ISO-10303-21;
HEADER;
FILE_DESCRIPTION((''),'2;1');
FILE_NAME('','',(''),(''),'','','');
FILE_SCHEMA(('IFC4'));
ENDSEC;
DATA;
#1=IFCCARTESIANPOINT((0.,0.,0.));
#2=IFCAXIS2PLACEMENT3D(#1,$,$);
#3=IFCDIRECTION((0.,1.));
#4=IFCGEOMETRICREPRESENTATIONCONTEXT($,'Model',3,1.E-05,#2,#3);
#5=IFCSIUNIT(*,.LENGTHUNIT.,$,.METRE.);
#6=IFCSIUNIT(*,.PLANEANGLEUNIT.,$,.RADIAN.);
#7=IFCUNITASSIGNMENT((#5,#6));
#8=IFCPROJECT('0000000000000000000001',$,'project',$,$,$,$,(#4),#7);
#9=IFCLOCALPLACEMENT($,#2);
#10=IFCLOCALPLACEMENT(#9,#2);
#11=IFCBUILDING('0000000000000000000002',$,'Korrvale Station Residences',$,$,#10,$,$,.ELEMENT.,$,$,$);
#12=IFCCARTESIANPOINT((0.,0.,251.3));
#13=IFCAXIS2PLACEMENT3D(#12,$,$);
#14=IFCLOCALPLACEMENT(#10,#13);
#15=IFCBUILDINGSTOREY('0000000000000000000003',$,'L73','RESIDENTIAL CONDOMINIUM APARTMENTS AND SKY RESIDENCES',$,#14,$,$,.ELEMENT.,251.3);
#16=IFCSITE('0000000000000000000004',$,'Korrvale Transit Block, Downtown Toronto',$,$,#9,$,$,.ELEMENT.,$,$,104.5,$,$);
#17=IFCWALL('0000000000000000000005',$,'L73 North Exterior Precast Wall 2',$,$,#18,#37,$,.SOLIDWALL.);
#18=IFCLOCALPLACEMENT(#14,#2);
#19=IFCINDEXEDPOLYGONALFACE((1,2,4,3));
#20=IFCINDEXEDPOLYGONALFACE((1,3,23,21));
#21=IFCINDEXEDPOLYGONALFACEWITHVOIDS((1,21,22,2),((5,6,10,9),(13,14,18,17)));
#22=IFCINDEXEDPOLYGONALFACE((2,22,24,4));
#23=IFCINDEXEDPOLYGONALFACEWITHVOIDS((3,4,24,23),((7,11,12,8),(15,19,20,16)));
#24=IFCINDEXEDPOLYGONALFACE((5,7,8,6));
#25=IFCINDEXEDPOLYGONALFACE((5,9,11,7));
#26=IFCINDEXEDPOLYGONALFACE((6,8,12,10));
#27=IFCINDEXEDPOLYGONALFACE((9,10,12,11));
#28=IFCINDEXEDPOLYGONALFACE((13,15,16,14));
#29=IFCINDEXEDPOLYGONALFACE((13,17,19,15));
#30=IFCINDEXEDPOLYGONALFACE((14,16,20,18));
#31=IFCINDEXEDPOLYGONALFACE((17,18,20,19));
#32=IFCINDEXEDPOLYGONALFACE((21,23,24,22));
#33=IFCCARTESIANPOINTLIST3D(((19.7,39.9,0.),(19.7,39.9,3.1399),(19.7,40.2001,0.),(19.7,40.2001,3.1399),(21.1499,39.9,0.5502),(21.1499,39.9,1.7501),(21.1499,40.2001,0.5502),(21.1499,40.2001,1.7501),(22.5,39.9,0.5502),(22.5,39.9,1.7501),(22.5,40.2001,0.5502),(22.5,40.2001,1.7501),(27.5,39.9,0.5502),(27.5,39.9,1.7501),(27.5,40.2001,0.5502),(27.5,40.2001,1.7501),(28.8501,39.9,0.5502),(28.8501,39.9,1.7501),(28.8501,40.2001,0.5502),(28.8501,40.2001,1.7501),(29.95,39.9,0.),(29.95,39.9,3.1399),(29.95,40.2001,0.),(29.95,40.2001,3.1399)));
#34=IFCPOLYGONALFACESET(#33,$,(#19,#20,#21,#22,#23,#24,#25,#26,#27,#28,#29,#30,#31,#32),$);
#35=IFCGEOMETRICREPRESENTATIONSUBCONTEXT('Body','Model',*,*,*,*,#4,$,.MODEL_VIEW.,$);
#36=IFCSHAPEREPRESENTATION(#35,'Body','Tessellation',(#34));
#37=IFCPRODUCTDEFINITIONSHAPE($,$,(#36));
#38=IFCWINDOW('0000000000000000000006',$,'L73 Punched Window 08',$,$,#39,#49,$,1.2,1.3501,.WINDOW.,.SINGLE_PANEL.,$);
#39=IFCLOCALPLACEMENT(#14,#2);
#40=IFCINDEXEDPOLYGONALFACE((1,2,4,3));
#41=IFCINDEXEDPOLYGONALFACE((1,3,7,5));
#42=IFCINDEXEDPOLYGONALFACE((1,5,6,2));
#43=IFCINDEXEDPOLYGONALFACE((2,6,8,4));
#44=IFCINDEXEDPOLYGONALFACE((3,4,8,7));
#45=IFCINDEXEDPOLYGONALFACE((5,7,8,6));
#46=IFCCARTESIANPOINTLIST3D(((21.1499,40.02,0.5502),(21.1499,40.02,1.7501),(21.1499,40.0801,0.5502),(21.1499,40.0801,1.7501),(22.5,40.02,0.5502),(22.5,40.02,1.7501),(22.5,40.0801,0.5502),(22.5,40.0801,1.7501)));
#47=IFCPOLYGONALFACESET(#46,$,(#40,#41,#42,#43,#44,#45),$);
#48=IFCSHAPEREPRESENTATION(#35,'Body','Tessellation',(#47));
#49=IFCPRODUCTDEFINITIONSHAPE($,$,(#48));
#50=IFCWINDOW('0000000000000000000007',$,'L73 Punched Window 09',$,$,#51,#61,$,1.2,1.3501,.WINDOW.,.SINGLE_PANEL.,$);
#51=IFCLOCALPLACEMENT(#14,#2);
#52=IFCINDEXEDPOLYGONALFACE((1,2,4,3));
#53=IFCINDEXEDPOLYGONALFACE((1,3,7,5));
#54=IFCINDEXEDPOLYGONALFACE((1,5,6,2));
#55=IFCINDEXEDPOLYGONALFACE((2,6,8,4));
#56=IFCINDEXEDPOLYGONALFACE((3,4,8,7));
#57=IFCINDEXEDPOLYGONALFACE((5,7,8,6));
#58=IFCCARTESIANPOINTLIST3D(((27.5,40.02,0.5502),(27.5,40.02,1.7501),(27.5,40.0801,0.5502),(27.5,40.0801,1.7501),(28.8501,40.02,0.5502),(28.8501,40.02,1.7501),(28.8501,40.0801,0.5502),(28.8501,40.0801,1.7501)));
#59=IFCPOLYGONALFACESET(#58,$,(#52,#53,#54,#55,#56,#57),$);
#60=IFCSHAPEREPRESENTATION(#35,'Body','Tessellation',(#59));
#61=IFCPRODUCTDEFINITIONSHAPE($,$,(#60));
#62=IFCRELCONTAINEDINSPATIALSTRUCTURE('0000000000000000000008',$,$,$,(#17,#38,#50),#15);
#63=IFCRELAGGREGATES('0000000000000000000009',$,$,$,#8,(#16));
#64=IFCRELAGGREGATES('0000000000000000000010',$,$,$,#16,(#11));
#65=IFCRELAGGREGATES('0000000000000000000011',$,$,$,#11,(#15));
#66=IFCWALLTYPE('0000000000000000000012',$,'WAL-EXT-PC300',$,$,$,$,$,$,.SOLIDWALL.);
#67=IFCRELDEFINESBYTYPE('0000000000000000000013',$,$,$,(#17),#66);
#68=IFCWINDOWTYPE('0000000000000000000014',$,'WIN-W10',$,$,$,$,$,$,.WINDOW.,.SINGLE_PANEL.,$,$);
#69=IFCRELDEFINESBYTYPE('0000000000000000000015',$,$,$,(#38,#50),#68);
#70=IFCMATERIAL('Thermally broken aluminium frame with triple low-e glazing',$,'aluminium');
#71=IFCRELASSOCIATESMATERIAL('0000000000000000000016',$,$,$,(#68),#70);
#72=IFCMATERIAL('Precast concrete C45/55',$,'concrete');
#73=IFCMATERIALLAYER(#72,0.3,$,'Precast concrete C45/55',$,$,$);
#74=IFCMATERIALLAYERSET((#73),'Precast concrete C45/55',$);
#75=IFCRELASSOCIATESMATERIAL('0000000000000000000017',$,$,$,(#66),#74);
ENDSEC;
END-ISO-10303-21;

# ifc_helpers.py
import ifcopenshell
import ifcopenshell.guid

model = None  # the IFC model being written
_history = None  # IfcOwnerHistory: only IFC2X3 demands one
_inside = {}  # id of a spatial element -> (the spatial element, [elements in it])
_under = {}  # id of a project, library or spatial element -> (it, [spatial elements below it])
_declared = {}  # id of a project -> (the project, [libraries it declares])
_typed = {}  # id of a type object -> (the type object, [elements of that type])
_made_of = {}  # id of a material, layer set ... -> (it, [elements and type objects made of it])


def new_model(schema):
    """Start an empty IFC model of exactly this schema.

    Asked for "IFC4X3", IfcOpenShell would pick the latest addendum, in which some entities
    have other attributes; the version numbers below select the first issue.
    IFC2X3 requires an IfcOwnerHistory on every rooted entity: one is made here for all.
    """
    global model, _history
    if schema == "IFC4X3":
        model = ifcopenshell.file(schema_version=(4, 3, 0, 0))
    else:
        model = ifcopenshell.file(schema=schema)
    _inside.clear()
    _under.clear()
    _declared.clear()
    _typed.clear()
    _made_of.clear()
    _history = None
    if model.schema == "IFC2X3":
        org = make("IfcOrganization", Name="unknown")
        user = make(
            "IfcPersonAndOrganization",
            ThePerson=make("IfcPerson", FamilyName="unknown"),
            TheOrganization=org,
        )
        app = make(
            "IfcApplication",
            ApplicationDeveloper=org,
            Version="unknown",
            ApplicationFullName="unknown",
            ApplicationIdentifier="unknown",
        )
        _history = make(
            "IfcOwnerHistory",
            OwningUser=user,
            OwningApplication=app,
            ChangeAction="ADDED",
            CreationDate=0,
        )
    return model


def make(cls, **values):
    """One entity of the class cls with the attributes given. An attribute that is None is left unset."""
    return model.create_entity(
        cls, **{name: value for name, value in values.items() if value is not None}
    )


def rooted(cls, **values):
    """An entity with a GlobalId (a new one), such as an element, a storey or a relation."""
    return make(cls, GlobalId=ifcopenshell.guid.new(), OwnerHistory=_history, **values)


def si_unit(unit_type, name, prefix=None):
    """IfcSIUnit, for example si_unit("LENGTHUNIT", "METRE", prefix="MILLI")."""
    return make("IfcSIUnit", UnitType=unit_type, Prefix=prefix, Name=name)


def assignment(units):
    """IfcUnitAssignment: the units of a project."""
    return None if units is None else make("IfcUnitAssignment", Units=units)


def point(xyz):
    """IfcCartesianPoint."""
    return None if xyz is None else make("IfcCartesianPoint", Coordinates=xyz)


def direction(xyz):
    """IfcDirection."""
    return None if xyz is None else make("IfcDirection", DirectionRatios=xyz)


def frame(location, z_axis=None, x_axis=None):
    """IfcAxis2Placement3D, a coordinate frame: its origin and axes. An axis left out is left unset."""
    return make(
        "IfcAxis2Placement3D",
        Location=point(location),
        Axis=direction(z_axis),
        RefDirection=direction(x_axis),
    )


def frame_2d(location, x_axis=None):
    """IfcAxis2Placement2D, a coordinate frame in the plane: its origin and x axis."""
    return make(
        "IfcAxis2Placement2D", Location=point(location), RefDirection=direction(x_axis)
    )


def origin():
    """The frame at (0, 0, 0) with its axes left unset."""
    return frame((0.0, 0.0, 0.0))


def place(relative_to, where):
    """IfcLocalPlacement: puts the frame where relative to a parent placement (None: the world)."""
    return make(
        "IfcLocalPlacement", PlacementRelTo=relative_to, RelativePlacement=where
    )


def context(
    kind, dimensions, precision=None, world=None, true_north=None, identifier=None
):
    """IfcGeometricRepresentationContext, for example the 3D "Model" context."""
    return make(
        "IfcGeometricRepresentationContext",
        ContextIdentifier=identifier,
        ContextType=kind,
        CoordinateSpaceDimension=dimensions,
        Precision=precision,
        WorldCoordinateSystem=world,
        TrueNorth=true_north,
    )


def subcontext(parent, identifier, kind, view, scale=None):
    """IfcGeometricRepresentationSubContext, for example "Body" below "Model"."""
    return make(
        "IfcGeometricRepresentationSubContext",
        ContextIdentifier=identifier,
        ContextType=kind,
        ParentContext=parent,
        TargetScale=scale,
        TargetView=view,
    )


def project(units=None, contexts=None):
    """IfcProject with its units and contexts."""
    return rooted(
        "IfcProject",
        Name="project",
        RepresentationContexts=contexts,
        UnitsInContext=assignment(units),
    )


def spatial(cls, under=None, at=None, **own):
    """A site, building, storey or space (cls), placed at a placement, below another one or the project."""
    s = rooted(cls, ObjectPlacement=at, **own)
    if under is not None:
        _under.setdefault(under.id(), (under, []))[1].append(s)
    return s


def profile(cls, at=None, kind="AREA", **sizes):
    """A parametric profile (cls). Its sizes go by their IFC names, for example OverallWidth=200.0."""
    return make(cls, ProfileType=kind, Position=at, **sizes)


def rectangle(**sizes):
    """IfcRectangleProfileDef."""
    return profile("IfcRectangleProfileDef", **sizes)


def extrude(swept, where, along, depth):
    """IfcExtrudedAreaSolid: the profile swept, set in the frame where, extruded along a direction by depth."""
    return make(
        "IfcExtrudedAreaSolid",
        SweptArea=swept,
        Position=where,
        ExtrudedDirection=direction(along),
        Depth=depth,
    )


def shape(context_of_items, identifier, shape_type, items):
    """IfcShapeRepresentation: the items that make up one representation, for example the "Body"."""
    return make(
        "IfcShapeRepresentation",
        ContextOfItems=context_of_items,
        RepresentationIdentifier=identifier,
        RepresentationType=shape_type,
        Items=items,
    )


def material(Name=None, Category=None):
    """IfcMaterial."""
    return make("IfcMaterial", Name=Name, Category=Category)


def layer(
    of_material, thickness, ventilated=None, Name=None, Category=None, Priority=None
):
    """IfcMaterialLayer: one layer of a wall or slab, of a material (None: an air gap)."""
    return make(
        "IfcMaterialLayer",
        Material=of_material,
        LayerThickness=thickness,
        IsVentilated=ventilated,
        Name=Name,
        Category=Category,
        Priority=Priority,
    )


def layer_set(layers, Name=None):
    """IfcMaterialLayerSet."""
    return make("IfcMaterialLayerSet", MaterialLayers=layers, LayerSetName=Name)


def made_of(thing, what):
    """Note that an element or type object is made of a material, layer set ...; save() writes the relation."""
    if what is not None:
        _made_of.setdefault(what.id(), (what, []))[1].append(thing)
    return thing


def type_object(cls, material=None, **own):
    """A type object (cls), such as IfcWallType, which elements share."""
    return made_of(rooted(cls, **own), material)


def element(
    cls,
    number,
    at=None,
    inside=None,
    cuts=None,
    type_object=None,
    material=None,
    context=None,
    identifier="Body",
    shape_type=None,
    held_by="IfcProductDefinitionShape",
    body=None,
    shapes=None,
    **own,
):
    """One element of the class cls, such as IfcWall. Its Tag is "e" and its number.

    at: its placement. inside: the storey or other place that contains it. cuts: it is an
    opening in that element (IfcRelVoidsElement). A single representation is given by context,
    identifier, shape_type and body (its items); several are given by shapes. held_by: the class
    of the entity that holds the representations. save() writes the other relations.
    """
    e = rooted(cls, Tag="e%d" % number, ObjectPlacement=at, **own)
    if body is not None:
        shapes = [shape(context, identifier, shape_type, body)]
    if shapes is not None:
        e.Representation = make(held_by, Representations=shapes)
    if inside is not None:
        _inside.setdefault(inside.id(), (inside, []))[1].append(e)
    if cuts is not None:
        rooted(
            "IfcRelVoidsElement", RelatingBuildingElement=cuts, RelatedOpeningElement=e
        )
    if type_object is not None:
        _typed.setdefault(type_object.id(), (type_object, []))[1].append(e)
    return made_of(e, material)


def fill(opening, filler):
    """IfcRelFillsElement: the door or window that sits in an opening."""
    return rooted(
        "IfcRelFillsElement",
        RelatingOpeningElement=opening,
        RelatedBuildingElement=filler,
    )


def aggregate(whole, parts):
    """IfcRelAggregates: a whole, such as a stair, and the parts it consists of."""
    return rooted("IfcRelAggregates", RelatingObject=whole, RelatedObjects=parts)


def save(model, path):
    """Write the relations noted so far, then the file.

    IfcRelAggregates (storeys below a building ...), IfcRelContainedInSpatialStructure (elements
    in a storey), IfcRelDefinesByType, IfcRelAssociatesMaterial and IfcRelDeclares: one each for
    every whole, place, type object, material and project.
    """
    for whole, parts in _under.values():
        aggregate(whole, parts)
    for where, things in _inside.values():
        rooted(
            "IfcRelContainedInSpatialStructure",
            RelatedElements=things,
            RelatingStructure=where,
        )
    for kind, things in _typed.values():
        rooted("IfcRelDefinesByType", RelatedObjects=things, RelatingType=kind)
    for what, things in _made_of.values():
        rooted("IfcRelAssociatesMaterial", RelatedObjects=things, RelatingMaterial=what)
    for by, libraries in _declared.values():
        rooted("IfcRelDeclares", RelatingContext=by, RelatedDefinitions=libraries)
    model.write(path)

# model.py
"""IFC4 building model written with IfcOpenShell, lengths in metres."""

from ifc_helpers import new_model, si_unit, direction, frame, frame_2d, origin, place, context, subcontext, project, spatial, rectangle, extrude, material, layer, layer_set, type_object, element, fill, save


model = new_model("IFC4")

# Units and contexts
model_context = context("Model", 3, precision=1e-05, world=origin(), true_north=direction((0.0, 1.0)))
body_context = subcontext(model_context, "Body", "Model", "MODEL_VIEW")
ifc_project = project(units=[si_unit("LENGTHUNIT", "METRE"), si_unit("PLANEANGLEUNIT", "RADIAN")], contexts=[model_context])

# Site, building, storey
site_placement = place(None, origin())
site = spatial("IfcSite", under=ifc_project, at=site_placement, Name="Korrvale Transit Block, Downtown Toronto", CompositionType="ELEMENT", RefElevation=104.5)
building_placement = place(site_placement, origin())
building = spatial("IfcBuilding", under=site, at=building_placement, Name="Korrvale Station Residences", CompositionType="ELEMENT")
storey_placement = place(building_placement, frame((0.0, 0.0, 251.3)))
storey = spatial("IfcBuildingStorey", under=building, at=storey_placement, Name="L73", Description="RESIDENTIAL CONDOMINIUM APARTMENTS AND SKY RESIDENCES", CompositionType="ELEMENT", Elevation=251.3)

# Shared definitions
ifc_material_1 = material(Name="Precast concrete C45/55", Category="concrete")

# Shared definitions
ifc_material_2 = material(Name="Thermally broken aluminium frame with triple low-e glazing", Category="aluminium")
window_type = type_object("IfcWindowType", Name="WIN-W10", PartitioningType="SINGLE_PANEL", PredefinedType="WINDOW", material=ifc_material_2)

# Wall, openings, windows
ifc_layer_1 = layer(ifc_material_1, 0.3, Name="Precast concrete C45/55")
ifc_layer_set_1 = layer_set([ifc_layer_1], Name="Precast concrete C45/55")
wall_type_1 = type_object("IfcWallType", Name="WAL-EXT-PC300", PredefinedType="SOLIDWALL", material=ifc_layer_set_1)
wall_1_placement = place(storey_placement, frame((19.7, 40.05, 0.0), z_axis=(0.0, 0.0, 1.0), x_axis=(1.0, 0.0, 0.0)))
wall_1 = element("IfcWall", 1, at=wall_1_placement, inside=storey, type_object=wall_type_1, Name="L73 North Exterior Precast Wall 2", PredefinedType="SOLIDWALL", context=body_context, shape_type="SweptSolid", body=[
    extrude(rectangle(XDim=10.25, YDim=0.3, at=frame_2d((5.125, 0.0))), origin(), (0.0, 0.0, 1.0), 3.1399),
])
opening_1_placement = place(wall_1_placement, frame((1.45, 0.0, 0.55)))
opening_1 = element("IfcOpeningElement", 2, at=opening_1_placement, cuts=wall_1, PredefinedType="OPENING", context=body_context, shape_type="SweptSolid", body=[
    extrude(rectangle(XDim=1.3501, YDim=1.2, at=frame_2d((0.675, 0.6001))), frame((0.0, 0.1602, 0.0), z_axis=(0.0, -1.0, 0.0), x_axis=(1.0, 0.0, 0.0)), (0.0, 0.0, 1.0), 0.3201),
])
opening_2_placement = place(wall_1_placement, frame((7.8, 0.0, 0.55)))
opening_2 = element("IfcOpeningElement", 3, at=opening_2_placement, cuts=wall_1, PredefinedType="OPENING", context=body_context, shape_type="SweptSolid", body=[
    extrude(rectangle(XDim=1.3501, YDim=1.2, at=frame_2d((0.675, 0.6001))), frame((0.0, 0.1602, 0.0), z_axis=(0.0, -1.0, 0.0), x_axis=(1.0, 0.0, 0.0)), (0.0, 0.0, 1.0), 0.3201),
])
window_1_placement = place(opening_1_placement, origin())
window_1 = element("IfcWindow", 4, at=window_1_placement, inside=storey, type_object=window_type, Name="L73 Punched Window 08", OverallHeight=1.2, OverallWidth=1.3501, PartitioningType="SINGLE_PANEL", PredefinedType="WINDOW", context=body_context, shape_type="SweptSolid", body=[
    extrude(rectangle(XDim=1.3501, YDim=1.2, at=frame_2d((0.675, 0.6001))), frame((0.0, 0.03, 0.0), z_axis=(0.0, -1.0, 0.0), x_axis=(1.0, 0.0, 0.0)), (0.0, 0.0, 1.0), 0.0601),
])
fill(opening_1, window_1)
window_2_placement = place(opening_2_placement, origin())
window_2 = element("IfcWindow", 5, at=window_2_placement, inside=storey, type_object=window_type, Name="L73 Punched Window 09", OverallHeight=1.2, OverallWidth=1.3501, PartitioningType="SINGLE_PANEL", PredefinedType="WINDOW", context=body_context, shape_type="SweptSolid", body=[
    extrude(rectangle(XDim=1.3501, YDim=1.2, at=frame_2d((0.675, 0.6001))), frame((0.0, 0.03, 0.0), z_axis=(0.0, -1.0, 0.0), x_axis=(1.0, 0.0, 0.0)), (0.0, 0.0, 1.0), 0.0601),
])
fill(opening_2, window_2)

save(model, "model.ifc")
